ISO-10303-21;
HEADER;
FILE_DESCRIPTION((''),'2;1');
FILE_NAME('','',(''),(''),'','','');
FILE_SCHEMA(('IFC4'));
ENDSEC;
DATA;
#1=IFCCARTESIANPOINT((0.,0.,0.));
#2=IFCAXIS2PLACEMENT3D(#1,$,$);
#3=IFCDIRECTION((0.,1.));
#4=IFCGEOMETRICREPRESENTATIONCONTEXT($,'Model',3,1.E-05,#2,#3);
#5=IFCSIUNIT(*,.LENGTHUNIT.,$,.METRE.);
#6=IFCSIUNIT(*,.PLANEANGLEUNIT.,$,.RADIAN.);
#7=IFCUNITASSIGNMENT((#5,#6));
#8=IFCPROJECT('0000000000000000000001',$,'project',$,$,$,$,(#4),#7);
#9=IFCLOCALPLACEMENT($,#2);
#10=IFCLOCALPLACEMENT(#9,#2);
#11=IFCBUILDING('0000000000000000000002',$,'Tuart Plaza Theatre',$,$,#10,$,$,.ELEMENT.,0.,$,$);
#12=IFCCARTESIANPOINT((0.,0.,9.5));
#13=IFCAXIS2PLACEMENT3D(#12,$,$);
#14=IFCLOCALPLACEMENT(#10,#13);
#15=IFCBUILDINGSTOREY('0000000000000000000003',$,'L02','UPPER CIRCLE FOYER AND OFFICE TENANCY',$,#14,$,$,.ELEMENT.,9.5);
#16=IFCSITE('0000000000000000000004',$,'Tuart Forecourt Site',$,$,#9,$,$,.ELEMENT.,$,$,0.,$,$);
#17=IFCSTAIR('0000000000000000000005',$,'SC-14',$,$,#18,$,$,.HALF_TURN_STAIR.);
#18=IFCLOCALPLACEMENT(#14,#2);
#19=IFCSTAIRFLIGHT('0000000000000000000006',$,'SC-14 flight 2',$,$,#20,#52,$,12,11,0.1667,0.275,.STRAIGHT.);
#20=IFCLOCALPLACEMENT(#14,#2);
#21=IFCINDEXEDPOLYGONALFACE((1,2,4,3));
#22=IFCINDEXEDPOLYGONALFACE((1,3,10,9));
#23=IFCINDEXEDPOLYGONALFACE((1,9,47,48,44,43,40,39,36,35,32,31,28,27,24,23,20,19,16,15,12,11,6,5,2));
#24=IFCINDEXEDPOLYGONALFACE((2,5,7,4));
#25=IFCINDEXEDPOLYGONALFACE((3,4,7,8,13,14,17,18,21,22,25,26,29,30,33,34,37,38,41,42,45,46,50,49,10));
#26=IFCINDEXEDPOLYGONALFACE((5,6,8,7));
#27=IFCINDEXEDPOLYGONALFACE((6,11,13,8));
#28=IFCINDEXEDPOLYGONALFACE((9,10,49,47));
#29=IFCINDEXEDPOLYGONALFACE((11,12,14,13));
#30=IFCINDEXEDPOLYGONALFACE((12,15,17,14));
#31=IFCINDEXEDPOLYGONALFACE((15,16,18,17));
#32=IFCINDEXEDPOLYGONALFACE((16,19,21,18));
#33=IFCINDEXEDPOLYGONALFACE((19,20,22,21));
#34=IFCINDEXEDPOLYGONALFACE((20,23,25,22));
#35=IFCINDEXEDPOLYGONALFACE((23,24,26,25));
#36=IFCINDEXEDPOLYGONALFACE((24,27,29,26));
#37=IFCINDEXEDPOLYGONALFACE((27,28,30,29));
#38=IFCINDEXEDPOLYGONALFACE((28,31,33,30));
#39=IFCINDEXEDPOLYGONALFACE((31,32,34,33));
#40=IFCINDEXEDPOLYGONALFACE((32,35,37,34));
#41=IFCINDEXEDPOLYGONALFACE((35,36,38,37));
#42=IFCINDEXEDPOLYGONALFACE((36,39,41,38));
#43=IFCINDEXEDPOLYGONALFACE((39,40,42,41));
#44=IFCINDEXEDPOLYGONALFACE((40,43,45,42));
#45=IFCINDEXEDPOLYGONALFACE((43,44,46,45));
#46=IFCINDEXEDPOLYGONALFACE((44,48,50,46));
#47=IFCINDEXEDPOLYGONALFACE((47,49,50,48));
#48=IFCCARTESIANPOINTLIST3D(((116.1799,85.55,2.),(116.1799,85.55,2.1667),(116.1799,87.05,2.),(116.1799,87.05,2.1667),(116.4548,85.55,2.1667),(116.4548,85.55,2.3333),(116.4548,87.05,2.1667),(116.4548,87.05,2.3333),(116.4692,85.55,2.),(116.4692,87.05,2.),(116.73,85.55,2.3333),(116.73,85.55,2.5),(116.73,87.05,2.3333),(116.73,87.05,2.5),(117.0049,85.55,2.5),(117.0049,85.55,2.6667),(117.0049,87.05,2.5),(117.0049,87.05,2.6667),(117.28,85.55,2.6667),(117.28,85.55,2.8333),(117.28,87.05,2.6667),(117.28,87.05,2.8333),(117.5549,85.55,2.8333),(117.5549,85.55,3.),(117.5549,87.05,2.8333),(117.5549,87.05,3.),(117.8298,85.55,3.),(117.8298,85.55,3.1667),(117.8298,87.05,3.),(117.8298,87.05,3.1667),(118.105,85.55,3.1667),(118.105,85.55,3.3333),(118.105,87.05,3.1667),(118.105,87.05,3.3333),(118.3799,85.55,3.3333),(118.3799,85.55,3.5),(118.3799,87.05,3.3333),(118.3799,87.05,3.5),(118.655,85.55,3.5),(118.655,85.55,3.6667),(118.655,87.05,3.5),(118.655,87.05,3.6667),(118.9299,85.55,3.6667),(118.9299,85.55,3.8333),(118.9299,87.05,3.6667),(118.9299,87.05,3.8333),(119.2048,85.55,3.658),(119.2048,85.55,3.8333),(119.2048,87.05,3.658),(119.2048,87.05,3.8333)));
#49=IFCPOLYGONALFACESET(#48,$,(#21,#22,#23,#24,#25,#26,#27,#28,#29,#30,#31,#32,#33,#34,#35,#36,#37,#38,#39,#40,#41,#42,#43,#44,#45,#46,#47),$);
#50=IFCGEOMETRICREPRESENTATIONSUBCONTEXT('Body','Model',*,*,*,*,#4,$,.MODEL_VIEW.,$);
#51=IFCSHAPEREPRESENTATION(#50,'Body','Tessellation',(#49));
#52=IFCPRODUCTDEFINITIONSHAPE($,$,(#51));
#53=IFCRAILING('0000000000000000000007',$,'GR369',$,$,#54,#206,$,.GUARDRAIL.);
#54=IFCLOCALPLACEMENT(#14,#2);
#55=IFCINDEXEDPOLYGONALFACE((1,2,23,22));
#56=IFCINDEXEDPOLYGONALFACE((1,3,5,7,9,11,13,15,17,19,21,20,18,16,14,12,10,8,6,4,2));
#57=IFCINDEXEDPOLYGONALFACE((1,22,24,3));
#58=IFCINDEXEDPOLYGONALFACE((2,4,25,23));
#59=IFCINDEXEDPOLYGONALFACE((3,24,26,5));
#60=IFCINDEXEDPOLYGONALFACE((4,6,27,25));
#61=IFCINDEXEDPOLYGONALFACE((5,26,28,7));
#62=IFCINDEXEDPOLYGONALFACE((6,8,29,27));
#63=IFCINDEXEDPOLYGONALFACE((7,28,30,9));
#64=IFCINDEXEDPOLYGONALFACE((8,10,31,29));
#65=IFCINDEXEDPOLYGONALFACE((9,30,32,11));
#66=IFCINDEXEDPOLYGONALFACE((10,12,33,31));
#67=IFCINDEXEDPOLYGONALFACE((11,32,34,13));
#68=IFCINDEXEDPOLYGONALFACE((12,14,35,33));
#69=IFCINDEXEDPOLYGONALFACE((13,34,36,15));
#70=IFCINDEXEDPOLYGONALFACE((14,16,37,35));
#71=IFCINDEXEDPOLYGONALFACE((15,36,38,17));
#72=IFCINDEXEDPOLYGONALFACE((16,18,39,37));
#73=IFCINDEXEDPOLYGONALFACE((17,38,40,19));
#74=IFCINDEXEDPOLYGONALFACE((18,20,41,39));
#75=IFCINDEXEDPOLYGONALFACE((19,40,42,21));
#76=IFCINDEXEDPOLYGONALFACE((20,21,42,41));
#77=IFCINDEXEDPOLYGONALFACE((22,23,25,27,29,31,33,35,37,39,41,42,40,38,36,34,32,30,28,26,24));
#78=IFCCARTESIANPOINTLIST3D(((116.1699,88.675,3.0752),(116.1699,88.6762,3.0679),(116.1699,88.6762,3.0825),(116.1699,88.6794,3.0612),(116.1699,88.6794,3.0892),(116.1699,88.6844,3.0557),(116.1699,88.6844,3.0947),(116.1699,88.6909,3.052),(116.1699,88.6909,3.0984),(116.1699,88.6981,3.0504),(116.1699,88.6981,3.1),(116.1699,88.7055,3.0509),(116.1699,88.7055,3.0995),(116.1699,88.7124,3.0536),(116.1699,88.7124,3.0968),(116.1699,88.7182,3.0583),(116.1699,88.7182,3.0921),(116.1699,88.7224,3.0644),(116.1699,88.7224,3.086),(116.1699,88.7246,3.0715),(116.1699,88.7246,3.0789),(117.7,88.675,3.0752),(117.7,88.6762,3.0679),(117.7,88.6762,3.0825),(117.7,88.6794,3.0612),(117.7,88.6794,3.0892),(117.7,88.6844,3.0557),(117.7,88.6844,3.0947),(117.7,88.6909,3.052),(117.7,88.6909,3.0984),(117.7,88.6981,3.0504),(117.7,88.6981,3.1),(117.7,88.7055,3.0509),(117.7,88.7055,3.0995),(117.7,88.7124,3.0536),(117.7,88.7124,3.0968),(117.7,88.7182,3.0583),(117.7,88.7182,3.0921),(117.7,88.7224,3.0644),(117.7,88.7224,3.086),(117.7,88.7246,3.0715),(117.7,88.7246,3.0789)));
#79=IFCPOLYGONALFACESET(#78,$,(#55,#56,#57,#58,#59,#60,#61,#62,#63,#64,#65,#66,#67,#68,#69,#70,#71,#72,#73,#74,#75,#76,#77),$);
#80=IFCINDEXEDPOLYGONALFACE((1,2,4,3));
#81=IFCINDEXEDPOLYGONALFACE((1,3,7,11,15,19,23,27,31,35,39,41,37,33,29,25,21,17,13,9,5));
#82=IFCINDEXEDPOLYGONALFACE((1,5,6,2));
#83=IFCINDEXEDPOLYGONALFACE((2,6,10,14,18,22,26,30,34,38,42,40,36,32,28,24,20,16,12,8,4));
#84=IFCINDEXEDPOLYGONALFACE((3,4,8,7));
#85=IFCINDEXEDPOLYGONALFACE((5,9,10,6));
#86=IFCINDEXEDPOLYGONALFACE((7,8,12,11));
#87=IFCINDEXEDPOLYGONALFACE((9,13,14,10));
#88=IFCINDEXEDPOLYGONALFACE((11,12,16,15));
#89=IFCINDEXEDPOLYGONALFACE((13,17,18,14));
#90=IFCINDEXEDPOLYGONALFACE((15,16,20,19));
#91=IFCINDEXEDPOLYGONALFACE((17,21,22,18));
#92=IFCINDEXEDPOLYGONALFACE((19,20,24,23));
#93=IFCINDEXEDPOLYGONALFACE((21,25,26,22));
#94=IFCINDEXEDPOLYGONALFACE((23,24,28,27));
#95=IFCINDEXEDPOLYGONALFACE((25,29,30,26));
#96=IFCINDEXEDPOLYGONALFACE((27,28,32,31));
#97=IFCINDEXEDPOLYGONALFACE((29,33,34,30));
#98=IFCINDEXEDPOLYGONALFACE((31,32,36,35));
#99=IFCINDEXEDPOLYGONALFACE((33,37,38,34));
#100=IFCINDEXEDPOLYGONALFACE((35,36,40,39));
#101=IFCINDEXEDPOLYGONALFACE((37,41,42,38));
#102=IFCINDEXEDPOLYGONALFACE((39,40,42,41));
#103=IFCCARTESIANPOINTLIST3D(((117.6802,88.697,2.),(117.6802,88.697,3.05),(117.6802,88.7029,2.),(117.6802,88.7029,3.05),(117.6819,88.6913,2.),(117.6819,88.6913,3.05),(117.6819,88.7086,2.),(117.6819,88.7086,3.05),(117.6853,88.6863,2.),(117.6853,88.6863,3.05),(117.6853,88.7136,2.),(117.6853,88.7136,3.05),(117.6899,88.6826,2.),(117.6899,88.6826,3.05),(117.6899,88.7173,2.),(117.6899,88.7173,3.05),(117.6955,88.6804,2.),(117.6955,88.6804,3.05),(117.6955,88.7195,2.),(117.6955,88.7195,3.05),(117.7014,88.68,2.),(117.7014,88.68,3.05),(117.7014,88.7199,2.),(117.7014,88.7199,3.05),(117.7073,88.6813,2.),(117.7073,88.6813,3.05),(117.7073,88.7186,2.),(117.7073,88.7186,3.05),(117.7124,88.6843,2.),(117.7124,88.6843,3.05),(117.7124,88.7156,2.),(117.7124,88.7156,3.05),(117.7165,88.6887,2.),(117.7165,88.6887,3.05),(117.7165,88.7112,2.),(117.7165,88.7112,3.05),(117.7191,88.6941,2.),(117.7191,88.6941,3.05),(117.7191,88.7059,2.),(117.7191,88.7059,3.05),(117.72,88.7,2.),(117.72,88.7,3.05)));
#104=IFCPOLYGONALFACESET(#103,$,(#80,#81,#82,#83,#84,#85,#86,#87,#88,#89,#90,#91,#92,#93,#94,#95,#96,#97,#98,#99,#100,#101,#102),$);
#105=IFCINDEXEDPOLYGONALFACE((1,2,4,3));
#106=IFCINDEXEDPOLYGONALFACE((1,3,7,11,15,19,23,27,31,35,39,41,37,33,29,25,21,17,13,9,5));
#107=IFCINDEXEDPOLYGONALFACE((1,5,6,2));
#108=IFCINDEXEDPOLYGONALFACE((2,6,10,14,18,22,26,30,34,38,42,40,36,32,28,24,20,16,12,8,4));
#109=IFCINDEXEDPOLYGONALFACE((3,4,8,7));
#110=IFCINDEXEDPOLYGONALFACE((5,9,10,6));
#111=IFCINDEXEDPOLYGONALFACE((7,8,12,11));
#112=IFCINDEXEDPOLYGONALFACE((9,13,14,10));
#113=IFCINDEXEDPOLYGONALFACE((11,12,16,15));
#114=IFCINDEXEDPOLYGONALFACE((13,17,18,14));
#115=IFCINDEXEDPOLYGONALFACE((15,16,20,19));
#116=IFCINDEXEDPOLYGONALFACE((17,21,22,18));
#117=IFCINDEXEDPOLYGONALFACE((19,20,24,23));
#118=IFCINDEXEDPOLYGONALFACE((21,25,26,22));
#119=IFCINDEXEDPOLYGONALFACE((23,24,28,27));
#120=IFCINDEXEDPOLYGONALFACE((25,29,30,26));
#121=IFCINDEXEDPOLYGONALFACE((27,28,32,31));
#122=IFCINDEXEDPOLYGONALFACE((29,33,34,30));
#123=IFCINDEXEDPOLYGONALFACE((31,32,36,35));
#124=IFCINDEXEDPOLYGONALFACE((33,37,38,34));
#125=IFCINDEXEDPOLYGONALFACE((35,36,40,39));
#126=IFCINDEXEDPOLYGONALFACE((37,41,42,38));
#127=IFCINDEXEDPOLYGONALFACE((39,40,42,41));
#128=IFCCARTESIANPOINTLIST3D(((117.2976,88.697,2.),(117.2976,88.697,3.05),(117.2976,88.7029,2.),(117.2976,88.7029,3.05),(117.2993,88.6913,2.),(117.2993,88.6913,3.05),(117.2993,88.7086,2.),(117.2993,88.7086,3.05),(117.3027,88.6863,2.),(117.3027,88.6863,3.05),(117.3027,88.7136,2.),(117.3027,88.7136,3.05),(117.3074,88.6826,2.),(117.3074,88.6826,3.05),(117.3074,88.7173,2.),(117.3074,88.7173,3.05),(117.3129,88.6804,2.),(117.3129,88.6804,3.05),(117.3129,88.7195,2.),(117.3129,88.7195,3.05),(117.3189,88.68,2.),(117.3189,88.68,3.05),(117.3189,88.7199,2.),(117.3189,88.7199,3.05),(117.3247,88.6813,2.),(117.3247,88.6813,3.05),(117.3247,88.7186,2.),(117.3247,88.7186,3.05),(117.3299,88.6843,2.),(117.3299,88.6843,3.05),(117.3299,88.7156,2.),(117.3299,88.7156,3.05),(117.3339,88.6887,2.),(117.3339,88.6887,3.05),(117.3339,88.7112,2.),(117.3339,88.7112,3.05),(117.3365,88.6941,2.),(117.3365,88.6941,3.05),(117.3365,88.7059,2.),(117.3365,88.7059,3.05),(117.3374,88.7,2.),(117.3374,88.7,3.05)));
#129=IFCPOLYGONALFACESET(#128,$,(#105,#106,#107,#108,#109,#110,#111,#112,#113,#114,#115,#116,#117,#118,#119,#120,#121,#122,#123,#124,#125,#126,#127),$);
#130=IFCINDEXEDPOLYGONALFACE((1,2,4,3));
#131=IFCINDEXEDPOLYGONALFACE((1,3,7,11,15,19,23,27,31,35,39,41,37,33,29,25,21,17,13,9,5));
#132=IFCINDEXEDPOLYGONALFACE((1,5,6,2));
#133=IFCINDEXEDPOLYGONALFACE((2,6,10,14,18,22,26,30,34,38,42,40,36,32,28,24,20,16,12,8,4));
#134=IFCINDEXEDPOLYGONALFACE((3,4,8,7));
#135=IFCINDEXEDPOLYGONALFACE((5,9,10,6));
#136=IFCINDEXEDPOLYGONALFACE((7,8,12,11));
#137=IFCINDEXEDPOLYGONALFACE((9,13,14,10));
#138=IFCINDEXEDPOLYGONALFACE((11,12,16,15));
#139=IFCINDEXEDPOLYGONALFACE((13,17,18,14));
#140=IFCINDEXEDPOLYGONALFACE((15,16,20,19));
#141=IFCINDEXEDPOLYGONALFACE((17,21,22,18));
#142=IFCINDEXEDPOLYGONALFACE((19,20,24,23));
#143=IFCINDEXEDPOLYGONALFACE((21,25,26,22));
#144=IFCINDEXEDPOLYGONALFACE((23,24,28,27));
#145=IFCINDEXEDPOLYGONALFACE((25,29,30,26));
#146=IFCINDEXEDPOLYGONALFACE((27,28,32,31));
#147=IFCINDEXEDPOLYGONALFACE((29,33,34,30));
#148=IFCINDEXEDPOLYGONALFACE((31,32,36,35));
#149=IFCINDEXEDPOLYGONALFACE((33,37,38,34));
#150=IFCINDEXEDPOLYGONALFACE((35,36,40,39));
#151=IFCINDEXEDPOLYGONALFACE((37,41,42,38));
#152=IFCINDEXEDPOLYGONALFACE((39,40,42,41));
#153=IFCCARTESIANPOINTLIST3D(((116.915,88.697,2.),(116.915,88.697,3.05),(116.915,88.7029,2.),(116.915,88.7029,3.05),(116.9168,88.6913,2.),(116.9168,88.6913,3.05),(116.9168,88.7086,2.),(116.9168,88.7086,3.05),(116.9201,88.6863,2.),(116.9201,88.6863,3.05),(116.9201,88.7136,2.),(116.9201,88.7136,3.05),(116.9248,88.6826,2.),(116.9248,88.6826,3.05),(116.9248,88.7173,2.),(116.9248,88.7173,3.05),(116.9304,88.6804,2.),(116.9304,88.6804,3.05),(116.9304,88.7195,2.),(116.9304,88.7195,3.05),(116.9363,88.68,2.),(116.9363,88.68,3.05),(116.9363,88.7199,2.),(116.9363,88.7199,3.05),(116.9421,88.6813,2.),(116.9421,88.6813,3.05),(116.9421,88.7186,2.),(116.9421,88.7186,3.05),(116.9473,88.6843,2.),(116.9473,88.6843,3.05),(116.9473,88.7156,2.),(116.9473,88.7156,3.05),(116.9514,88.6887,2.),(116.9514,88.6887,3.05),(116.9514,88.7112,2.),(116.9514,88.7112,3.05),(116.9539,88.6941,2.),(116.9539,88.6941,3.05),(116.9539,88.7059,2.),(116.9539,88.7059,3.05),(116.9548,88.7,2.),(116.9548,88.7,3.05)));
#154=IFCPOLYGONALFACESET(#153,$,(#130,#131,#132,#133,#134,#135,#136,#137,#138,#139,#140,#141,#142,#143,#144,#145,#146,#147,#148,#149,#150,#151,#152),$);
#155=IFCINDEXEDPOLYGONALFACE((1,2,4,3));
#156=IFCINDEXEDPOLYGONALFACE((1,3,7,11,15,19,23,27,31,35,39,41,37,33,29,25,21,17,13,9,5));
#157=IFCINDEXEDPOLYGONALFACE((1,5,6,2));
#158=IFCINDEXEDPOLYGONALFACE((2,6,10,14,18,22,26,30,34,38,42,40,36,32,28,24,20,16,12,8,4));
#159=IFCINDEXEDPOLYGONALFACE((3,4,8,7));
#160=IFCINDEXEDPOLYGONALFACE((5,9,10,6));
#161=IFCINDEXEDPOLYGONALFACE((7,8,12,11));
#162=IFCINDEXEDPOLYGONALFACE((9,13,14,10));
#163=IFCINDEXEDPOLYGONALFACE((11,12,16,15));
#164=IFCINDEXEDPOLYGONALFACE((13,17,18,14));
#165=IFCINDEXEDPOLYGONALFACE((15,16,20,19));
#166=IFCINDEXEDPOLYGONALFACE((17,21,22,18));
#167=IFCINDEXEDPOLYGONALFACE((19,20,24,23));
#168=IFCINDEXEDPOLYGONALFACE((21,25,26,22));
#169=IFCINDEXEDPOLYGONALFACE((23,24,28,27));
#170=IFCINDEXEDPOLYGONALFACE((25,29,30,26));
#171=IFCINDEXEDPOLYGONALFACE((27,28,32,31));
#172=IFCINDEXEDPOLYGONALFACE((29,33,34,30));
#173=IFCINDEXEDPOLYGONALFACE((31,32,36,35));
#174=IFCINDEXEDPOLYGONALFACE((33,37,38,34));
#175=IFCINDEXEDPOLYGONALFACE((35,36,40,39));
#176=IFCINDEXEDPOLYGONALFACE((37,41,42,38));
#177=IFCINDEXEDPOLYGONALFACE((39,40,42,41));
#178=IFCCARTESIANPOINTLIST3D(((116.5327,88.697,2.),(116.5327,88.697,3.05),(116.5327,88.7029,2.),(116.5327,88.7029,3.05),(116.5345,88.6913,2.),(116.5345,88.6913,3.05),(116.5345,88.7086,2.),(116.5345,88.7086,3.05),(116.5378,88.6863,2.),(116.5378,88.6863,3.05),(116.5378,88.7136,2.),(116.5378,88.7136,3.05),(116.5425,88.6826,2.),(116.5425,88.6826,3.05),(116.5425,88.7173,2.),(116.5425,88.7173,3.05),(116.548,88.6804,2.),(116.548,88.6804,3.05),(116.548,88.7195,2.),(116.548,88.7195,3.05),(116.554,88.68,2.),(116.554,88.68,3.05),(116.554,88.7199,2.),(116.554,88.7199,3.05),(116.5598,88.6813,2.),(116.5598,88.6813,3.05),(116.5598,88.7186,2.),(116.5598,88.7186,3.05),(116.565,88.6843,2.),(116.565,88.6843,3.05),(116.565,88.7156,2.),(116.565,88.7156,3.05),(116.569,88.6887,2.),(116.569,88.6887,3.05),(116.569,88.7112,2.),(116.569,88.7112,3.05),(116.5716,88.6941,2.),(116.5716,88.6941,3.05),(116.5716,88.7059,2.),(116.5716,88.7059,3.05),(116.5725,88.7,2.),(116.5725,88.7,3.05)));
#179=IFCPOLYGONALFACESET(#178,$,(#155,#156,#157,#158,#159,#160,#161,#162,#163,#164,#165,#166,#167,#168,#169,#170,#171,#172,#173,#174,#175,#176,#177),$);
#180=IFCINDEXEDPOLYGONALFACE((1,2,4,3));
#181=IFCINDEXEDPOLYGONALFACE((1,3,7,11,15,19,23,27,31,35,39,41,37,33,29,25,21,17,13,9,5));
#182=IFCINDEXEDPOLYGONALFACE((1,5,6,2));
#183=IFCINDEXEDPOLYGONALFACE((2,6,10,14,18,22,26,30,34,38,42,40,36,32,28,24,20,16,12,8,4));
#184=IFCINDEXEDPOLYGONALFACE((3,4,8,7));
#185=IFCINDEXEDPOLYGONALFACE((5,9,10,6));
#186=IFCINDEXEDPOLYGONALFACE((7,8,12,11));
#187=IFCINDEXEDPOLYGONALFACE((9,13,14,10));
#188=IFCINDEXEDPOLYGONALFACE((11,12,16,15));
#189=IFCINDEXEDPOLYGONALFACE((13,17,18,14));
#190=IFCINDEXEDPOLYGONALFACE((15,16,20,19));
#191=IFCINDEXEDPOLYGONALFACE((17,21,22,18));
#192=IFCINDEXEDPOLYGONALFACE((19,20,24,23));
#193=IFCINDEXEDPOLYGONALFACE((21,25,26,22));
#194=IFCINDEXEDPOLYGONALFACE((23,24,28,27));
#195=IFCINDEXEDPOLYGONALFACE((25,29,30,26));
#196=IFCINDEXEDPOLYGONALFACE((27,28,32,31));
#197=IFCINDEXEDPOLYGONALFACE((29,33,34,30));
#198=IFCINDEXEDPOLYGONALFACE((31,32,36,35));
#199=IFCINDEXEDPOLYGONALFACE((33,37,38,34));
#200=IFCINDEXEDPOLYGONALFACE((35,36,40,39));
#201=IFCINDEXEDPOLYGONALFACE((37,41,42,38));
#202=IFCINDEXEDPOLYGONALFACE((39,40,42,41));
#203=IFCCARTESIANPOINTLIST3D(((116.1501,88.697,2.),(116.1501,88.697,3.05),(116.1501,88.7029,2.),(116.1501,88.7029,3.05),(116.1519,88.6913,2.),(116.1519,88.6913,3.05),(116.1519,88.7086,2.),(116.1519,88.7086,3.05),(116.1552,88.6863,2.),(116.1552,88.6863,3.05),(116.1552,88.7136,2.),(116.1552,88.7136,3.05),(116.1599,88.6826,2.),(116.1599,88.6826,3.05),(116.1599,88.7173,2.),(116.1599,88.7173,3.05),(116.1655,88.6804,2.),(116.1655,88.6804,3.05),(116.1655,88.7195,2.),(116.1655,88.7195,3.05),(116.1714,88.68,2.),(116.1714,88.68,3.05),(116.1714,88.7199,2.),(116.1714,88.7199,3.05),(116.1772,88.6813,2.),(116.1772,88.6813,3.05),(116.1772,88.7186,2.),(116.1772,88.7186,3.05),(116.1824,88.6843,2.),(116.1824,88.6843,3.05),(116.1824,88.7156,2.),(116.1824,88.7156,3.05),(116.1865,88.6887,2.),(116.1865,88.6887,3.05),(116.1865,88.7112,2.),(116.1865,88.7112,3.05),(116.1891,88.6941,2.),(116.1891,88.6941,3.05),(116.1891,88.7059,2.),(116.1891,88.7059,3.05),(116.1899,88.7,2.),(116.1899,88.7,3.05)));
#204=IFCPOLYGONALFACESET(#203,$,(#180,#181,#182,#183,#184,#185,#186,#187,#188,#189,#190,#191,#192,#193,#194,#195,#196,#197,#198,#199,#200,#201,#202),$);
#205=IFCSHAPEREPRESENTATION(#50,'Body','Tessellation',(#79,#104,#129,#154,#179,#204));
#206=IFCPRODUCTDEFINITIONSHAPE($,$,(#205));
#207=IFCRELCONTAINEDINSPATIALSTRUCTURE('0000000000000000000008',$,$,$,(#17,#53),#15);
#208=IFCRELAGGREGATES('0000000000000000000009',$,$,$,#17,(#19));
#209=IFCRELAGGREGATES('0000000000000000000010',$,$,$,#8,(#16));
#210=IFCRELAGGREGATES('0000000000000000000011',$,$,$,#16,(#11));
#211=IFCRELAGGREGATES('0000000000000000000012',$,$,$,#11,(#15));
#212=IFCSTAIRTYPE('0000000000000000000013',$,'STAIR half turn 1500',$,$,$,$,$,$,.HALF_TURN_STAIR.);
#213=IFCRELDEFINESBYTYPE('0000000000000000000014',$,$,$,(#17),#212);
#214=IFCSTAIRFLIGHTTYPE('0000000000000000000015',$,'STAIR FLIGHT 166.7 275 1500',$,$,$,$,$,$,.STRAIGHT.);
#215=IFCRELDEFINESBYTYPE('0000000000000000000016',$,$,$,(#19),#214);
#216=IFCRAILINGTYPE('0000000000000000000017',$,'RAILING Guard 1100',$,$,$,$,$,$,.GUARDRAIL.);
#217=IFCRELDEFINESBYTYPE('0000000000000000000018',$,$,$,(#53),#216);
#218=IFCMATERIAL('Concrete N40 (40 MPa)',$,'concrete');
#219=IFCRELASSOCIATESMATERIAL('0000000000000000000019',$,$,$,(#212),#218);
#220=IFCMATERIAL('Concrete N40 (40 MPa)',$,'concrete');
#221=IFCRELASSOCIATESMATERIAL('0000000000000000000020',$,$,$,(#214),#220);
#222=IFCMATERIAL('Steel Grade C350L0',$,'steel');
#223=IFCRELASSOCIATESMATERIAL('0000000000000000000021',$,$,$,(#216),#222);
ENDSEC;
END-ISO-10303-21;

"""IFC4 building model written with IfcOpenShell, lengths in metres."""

from ifc_helpers import new_model, si_unit, direction, frame, origin, origin_2d, place, context, subcontext, project, spatial, polyline, circle, outline, extrude, material, type_object, element, aggregate, save


model = new_model("IFC4")

# Units and contexts
model_context = context("Model", 3, precision=1e-05, world=origin(), true_north=direction((0.0, 1.0)))
body_context = subcontext(model_context, "Body", "Model", "MODEL_VIEW")
ifc_project = project(units=[si_unit("LENGTHUNIT", "METRE"), si_unit("PLANEANGLEUNIT", "RADIAN")], contexts=[model_context])

# Site, building, storey
site_placement = place(None, origin())
site = spatial("IfcSite", under=ifc_project, at=site_placement, Name="Tuart Forecourt Site", CompositionType="ELEMENT", RefElevation=0.0)
building_placement = place(site_placement, origin())
building = spatial("IfcBuilding", under=site, at=building_placement, Name="Tuart Plaza Theatre", CompositionType="ELEMENT", ElevationOfRefHeight=0.0)
storey_placement = place(building_placement, frame((0.0, 0.0, 9.5)))
storey = spatial("IfcBuildingStorey", under=building, at=storey_placement, Name="L02", Description="UPPER CIRCLE FOYER AND OFFICE TENANCY", CompositionType="ELEMENT", Elevation=9.5)

# Stair, stair flight
ifc_material_1 = material(Name="Concrete N40 (40 MPa)", Category="concrete")
stair_type = type_object("IfcStairType", Name="STAIR half turn 1500", PredefinedType="HALF_TURN_STAIR", material=ifc_material_1)
stair_placement = place(storey_placement, origin())
stair = element("IfcStair", 1, at=stair_placement, inside=storey, type_object=stair_type, Name="SC-14", PredefinedType="HALF_TURN_STAIR")
ifc_material_2 = material(Name="Concrete N40 (40 MPa)", Category="concrete")
stair_flight_type = type_object("IfcStairFlightType", Name="STAIR FLIGHT 166.7 275 1500", PredefinedType="STRAIGHT", material=ifc_material_2)
stair_flight_1_placement = place(storey_placement, frame((116.1799, 86.3, 2.0), z_axis=(0.0, 0.0, 1.0), x_axis=(1.0, 0.0, 0.0)))
stair_flight_1 = element("IfcStairFlight", 2, at=stair_flight_1_placement, type_object=stair_flight_type, Name="SC-14 flight 2", NumberOfRisers=12, NumberOfTreads=11, PredefinedType="STRAIGHT", RiserHeight=0.1667, TreadLength=0.275, context=body_context, shape_type="SweptSolid", body=[
    extrude(outline(polyline([(0.0, 0.0), (0.0, 0.1667), (0.2749, 0.1667), (0.2749, 0.3333), (0.55, 0.3333), (0.55, 0.5), (0.825, 0.5), (0.825, 0.6667), (1.1001, 0.6667), (1.1001, 0.8333), (1.375, 0.8333), (1.375, 1.0), (1.6499, 1.0), (1.6499, 1.1667), (1.925, 1.1667), (1.925, 1.3333), (2.2, 1.3333), (2.2, 1.5), (2.4751, 1.5), (2.4751, 1.6667), (2.75, 1.6667), (2.75, 1.8333), (3.0249, 1.8333), (3.0249, 2.0), (3.0249, 1.658), (0.2893, 0.0), (0.0, 0.0)])), frame((0.0, 0.75, 0.0), z_axis=(0.0, -1.0, 0.0), x_axis=(1.0, 0.0, 0.0)), (0.0, 0.0, 1.0), 1.5),
])
aggregate(stair, [stair_flight_1])

# Railing
ifc_material_3 = material(Name="Steel Grade C350L0", Category="steel")
railing_type_1 = type_object("IfcRailingType", Name="RAILING Guard 1100", PredefinedType="GUARDRAIL", material=ifc_material_3)
railing_1_placement = place(storey_placement, frame((117.7, 88.7, 2.0)))
element("IfcRailing", 3, at=railing_1_placement, inside=storey, type_object=railing_type_1, Name="GR369", PredefinedType="GUARDRAIL", context=body_context, shape_type="SweptSolid", body=[
    extrude(circle(Radius=0.0249, at=origin_2d()), frame((0.0, 0.0, 1.0752), z_axis=(-1.0, 0.0, 0.0), x_axis=(0.0, -1.0, 0.0)), (0.0, 0.0, 1.0), 1.53),
    extrude(circle(Radius=0.02, at=origin_2d()), origin(), (0.0, 0.0, 1.0), 1.05),
    extrude(circle(Radius=0.02, at=origin_2d()), frame((-0.3826, 0.0, 0.0)), (0.0, 0.0, 1.0), 1.05),
    extrude(circle(Radius=0.02, at=origin_2d()), frame((-0.7651, 0.0, 0.0)), (0.0, 0.0, 1.0), 1.05),
    extrude(circle(Radius=0.02, at=origin_2d()), frame((-1.1475, 0.0, 0.0)), (0.0, 0.0, 1.0), 1.05),
    extrude(circle(Radius=0.02, at=origin_2d()), frame((-1.53, 0.0, 0.0)), (0.0, 0.0, 1.0), 1.05),
])

save(model, "model.ifc")
